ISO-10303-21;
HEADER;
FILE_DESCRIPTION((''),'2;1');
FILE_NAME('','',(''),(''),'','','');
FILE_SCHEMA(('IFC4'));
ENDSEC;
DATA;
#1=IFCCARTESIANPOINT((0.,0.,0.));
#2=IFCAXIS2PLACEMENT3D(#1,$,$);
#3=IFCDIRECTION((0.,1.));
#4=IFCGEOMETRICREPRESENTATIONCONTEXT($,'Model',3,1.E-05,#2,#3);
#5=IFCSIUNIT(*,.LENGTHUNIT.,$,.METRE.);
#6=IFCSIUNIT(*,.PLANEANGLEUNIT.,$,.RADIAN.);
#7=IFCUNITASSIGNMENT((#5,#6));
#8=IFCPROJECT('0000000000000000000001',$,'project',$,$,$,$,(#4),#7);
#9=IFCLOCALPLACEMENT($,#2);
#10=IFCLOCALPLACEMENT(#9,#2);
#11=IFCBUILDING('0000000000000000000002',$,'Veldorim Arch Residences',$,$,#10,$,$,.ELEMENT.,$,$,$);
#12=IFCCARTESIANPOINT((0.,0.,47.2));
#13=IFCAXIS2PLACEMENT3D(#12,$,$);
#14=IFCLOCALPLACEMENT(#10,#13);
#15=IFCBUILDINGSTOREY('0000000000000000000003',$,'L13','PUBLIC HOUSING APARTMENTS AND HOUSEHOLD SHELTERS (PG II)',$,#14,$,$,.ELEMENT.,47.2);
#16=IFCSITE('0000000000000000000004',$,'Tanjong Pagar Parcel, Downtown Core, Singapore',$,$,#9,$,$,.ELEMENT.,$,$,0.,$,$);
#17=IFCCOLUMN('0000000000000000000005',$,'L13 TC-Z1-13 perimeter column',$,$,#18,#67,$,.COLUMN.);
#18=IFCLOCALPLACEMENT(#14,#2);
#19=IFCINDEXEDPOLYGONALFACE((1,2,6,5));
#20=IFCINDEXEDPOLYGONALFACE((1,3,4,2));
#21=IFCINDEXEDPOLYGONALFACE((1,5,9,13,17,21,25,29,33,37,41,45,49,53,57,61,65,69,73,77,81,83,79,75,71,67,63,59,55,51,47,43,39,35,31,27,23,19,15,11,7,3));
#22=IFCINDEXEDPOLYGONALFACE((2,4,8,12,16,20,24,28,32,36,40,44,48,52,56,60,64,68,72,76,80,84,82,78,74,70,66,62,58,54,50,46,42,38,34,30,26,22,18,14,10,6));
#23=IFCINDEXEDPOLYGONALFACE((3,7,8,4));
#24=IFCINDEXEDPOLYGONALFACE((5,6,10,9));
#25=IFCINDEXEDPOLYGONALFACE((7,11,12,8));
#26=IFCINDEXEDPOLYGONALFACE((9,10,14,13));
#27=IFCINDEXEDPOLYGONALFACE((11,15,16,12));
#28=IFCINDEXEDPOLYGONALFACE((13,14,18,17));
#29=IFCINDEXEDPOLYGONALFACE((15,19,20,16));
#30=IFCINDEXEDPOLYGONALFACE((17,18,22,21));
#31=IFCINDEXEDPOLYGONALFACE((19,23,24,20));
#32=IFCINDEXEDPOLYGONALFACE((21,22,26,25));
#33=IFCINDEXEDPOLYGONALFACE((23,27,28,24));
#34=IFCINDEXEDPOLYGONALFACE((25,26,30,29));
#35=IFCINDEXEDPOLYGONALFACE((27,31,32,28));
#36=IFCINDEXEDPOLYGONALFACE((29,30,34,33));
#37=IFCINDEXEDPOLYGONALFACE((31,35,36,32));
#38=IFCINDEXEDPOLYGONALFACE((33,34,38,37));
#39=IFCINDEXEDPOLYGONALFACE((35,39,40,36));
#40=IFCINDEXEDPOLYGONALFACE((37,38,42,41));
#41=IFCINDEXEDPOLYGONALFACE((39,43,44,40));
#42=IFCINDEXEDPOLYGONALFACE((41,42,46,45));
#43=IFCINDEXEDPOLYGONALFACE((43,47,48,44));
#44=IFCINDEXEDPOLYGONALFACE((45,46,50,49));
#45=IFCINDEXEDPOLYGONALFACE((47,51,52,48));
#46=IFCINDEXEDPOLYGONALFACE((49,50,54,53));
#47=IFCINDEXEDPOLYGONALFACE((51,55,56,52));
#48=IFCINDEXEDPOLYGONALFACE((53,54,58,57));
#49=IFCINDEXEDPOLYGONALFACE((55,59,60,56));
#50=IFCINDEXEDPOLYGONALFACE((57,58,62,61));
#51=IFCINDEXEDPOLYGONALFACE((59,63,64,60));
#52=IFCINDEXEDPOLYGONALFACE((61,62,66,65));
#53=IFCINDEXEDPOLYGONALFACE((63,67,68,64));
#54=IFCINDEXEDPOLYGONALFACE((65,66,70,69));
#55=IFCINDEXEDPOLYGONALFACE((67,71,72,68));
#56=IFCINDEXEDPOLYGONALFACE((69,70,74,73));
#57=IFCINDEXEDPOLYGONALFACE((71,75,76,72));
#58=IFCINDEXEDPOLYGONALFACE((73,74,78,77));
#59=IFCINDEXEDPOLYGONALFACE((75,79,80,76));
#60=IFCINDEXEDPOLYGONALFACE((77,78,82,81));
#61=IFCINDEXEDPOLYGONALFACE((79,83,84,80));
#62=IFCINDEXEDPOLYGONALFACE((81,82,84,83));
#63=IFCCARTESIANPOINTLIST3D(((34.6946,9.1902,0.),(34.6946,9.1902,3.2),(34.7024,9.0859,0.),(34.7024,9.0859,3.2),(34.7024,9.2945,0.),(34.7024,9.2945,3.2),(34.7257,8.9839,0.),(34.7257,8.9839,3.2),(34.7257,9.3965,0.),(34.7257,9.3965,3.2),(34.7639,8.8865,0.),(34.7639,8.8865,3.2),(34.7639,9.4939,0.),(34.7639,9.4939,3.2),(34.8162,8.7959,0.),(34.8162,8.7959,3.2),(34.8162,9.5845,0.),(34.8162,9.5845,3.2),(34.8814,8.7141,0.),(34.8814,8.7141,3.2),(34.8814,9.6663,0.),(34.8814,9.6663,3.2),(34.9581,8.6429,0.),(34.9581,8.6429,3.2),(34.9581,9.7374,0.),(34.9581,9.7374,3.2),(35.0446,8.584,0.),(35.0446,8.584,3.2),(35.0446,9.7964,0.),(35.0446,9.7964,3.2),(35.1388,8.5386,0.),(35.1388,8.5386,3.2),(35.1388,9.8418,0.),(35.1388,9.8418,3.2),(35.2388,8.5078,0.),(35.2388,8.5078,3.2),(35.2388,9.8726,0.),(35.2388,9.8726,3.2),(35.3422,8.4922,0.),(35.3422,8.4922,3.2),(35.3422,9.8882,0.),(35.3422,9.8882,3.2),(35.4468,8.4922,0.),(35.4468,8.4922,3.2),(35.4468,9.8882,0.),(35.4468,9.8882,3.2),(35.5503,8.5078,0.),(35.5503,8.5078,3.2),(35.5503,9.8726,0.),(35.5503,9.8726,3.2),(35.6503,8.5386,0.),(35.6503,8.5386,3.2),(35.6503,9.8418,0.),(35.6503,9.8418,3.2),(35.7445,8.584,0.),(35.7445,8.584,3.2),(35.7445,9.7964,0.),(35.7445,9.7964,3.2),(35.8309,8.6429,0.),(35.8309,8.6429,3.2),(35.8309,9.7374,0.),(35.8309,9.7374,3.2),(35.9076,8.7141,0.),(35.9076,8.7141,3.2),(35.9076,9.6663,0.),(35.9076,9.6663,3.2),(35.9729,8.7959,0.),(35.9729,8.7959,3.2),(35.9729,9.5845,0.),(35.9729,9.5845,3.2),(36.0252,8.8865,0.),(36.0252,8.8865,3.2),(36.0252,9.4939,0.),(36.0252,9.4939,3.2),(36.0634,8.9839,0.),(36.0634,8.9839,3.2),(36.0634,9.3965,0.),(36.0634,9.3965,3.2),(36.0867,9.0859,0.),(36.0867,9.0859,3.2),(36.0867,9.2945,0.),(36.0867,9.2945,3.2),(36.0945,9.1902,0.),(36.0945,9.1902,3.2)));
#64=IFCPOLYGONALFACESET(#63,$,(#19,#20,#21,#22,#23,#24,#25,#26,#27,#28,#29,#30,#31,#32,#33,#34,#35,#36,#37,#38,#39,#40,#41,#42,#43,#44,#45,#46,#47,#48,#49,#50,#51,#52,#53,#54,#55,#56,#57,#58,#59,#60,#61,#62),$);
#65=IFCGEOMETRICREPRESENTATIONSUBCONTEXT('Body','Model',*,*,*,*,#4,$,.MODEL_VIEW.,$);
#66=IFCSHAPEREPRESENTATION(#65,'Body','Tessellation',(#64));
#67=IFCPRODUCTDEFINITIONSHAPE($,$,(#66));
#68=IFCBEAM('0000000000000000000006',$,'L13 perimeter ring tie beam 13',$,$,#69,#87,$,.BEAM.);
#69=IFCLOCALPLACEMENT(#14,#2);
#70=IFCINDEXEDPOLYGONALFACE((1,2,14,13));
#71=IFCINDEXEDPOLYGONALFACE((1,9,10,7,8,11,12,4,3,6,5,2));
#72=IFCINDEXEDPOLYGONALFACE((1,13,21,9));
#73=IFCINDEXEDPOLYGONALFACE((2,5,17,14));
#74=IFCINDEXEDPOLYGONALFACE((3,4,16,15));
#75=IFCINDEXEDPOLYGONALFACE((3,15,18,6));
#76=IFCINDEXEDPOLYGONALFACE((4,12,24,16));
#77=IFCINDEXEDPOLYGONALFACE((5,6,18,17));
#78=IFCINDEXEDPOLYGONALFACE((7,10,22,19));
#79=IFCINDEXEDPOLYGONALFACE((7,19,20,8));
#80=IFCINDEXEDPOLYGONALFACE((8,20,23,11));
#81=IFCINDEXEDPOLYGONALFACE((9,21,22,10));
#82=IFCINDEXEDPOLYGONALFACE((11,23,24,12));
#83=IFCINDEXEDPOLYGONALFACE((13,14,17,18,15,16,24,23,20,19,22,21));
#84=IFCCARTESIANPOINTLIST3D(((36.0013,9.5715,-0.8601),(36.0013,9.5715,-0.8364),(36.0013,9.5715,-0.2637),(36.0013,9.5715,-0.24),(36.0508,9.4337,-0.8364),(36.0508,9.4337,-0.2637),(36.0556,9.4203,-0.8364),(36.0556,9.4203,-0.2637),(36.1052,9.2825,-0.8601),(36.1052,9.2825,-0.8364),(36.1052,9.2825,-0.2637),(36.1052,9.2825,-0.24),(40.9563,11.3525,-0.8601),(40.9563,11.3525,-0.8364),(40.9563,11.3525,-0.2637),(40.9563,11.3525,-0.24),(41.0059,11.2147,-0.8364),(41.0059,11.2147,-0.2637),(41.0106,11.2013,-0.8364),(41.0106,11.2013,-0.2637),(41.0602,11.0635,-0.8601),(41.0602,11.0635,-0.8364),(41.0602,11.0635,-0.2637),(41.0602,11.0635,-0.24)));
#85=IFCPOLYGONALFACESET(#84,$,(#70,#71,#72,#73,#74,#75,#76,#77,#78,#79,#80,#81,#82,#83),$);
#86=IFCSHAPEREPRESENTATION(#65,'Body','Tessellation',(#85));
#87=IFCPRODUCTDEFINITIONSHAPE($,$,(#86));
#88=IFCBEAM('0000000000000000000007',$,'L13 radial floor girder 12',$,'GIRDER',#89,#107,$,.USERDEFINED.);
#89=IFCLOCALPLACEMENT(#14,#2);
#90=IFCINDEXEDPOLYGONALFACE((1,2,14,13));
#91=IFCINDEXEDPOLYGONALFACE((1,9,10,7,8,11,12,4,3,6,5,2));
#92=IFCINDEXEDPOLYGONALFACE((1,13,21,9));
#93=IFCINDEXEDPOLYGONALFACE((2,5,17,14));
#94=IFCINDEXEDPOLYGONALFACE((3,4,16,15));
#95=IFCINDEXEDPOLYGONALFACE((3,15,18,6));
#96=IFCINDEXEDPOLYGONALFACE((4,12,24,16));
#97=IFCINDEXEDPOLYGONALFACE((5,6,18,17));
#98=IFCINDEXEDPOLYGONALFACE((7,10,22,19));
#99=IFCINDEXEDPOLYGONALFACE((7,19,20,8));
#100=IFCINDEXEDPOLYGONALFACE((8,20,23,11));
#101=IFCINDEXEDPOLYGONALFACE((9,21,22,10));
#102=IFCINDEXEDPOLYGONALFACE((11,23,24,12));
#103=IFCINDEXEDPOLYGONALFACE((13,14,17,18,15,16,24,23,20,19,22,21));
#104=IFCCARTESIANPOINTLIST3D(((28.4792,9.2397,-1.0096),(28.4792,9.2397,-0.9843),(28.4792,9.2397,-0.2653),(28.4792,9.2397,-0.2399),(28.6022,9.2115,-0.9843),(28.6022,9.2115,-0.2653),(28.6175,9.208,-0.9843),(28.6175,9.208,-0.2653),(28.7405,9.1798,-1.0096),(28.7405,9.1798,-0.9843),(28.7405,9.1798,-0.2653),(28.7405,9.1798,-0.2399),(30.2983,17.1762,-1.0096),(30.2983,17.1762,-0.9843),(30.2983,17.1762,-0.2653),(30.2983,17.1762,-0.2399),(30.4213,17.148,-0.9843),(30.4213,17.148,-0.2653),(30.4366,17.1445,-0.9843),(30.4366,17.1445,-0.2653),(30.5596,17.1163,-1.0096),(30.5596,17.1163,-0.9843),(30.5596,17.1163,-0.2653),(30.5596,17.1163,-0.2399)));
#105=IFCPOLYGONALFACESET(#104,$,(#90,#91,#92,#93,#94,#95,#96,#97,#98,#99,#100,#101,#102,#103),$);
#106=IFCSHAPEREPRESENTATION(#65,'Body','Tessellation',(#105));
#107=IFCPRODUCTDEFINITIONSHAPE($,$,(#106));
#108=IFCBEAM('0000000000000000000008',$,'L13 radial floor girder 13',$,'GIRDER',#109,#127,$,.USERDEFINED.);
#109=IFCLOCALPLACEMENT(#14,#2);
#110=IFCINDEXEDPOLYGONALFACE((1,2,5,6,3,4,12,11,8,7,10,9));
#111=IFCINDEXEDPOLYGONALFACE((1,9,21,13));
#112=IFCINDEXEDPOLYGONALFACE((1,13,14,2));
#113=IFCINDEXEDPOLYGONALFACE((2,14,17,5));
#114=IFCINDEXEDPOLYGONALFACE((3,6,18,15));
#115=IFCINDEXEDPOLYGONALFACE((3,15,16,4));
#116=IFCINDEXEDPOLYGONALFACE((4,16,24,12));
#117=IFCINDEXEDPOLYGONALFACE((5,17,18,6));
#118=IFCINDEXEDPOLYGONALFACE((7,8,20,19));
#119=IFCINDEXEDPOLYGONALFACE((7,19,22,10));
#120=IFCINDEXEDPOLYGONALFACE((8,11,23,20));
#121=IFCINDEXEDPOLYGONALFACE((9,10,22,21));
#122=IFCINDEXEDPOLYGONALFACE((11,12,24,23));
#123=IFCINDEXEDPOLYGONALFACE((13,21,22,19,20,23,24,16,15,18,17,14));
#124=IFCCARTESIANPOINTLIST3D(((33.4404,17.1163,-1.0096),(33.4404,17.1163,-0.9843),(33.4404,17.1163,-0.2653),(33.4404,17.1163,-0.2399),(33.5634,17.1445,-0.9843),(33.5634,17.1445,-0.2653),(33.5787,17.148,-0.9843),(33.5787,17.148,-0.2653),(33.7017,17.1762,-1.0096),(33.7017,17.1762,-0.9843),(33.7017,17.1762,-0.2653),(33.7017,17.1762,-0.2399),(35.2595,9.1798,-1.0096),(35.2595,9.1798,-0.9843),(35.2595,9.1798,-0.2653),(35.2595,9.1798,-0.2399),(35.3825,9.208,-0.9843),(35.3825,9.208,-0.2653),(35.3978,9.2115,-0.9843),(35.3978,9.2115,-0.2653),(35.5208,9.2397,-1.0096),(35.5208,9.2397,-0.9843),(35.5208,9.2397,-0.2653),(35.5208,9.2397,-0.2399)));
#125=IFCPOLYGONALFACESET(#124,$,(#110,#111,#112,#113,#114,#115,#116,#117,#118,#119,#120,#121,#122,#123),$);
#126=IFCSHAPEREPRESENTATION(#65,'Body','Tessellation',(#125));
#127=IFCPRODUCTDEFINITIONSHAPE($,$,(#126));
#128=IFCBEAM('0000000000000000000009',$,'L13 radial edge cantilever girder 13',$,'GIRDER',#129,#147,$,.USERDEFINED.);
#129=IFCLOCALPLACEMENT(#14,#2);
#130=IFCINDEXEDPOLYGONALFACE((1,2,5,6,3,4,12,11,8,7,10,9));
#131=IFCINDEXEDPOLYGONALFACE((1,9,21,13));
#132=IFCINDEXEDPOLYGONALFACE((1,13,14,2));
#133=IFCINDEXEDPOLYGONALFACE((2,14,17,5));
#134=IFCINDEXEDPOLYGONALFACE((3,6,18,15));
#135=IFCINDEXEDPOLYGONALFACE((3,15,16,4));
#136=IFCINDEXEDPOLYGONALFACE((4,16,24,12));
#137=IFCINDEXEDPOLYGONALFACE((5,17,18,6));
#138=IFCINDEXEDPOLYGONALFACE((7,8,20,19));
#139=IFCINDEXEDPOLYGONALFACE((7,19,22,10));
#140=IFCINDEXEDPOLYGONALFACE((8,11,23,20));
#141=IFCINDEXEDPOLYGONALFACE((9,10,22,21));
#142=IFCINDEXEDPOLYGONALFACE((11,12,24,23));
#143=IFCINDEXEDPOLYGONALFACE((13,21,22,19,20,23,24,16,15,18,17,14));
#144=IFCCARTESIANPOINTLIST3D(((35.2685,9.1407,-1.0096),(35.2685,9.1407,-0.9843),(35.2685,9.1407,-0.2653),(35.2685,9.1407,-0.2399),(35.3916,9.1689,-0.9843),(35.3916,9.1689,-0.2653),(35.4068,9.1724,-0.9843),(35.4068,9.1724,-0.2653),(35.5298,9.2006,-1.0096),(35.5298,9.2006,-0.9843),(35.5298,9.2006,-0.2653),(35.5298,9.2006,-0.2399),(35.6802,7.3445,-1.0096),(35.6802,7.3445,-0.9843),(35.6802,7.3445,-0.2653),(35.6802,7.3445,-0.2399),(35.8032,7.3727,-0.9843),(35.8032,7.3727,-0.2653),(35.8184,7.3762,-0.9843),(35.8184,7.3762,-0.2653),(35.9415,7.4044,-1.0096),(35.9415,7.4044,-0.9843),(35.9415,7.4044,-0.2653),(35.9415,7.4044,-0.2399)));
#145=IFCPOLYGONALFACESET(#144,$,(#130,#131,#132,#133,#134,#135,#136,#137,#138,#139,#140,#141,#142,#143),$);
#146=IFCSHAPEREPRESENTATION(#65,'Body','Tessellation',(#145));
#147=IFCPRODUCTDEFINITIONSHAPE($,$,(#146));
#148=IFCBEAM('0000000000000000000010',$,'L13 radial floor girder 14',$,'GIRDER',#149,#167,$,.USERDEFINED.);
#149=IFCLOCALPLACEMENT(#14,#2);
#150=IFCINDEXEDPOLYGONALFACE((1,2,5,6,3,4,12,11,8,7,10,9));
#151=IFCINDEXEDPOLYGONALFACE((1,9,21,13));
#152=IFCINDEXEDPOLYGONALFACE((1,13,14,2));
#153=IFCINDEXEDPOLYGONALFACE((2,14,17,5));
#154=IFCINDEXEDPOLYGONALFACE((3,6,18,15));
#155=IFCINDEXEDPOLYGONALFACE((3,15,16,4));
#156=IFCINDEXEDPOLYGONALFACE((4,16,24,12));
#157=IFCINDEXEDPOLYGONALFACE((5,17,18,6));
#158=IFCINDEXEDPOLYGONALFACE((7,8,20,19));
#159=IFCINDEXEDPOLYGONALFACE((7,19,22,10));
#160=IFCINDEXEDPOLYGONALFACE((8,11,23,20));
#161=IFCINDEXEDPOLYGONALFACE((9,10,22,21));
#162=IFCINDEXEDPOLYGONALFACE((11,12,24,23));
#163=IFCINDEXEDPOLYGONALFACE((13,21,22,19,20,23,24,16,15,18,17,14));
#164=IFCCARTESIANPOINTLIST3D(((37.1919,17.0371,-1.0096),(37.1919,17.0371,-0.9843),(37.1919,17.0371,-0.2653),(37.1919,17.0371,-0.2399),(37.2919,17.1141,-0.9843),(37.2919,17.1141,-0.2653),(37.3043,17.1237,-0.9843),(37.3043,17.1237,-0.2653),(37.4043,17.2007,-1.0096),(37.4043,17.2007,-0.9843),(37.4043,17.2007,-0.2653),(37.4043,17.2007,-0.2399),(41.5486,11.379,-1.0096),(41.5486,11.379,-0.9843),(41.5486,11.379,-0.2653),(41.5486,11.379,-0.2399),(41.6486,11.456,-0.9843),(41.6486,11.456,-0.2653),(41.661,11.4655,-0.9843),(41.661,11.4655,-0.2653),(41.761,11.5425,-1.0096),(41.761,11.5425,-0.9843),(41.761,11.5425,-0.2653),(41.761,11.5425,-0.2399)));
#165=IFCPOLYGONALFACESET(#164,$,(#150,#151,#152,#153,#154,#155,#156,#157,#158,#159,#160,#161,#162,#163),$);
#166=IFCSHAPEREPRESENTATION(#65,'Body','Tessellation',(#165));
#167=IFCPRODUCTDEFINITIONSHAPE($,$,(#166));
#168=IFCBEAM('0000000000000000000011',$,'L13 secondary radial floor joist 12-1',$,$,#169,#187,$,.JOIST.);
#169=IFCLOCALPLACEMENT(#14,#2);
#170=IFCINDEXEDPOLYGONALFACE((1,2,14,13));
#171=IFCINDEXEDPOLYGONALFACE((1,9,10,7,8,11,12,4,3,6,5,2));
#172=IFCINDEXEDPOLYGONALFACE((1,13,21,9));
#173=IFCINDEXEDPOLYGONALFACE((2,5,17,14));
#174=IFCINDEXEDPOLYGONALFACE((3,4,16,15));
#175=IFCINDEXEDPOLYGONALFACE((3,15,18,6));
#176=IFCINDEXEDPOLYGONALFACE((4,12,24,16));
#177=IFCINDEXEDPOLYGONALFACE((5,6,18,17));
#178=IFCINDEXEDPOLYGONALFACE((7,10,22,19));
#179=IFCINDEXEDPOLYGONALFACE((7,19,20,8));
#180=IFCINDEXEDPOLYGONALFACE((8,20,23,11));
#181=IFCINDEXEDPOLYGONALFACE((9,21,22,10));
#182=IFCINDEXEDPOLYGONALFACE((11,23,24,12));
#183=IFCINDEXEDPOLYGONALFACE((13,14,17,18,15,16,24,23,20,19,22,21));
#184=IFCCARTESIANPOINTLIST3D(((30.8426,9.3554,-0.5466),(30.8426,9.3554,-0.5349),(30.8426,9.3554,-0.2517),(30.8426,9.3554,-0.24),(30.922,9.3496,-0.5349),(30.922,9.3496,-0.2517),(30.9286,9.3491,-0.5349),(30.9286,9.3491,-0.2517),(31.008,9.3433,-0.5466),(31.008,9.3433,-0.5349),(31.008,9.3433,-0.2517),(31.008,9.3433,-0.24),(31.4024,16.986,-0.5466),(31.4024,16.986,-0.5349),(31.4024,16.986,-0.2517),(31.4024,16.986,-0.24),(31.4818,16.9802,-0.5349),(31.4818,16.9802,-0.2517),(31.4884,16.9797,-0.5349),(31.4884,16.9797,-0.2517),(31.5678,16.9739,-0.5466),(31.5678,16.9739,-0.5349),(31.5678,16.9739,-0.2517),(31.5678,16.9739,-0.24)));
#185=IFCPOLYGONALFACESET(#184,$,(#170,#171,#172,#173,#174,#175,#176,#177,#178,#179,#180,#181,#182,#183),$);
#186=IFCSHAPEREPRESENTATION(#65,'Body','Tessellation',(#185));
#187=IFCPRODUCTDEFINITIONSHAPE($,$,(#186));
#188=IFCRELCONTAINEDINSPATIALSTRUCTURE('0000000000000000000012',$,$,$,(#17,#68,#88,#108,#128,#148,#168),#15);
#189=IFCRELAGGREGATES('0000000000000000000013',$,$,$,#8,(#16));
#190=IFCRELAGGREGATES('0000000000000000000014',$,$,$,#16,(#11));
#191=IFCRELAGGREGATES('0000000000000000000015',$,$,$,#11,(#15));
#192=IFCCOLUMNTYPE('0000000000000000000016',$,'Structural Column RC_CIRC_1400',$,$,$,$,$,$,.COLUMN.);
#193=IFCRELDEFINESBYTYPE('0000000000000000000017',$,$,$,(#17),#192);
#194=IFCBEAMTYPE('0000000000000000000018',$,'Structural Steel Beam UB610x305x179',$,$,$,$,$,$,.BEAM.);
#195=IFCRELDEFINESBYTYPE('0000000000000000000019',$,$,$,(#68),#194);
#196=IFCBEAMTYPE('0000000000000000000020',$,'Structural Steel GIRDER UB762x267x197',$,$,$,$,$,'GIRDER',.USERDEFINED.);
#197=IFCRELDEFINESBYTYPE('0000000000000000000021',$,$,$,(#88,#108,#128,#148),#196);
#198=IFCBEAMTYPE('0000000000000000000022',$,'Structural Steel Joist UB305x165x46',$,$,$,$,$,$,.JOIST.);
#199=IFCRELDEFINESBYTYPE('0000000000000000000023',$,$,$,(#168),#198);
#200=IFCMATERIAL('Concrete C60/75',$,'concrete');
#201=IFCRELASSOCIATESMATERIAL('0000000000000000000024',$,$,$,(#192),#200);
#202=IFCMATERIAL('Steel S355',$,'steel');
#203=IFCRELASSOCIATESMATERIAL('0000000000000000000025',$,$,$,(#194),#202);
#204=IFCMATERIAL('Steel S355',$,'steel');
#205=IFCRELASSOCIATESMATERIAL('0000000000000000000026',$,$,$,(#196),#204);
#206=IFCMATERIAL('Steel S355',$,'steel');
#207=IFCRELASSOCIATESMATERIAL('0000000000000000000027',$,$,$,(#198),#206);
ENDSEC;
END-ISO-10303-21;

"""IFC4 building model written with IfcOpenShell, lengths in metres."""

from ifc_helpers import new_model, si_unit, direction, frame, origin, origin_2d, place, context, subcontext, project, spatial, circle, i_section, extrude, material, material_profile, profile_set, type_object, element, save


model = new_model("IFC4")

# Units and contexts
model_context = context("Model", 3, precision=1e-05, world=origin(), true_north=direction((0.0, 1.0)))
body_context = subcontext(model_context, "Body", "Model", "MODEL_VIEW")
ifc_project = project(units=[si_unit("LENGTHUNIT", "METRE"), si_unit("PLANEANGLEUNIT", "RADIAN")], contexts=[model_context])

# Site, building, storey
site_placement = place(None, origin())
site = spatial("IfcSite", under=ifc_project, at=site_placement, Name="Tanjong Pagar Parcel, Downtown Core, Singapore", CompositionType="ELEMENT", RefElevation=0.0)
building_placement = place(site_placement, origin())
building = spatial("IfcBuilding", under=site, at=building_placement, Name="Veldorim Arch Residences", CompositionType="ELEMENT")
storey_placement = place(building_placement, frame((0.0, 0.0, 47.2)))
storey = spatial("IfcBuildingStorey", under=building, at=storey_placement, Name="L13", Description="PUBLIC HOUSING APARTMENTS AND HOUSEHOLD SHELTERS (PG II)", CompositionType="ELEMENT", Elevation=47.2)

# Column
ifc_material_1 = material(Name="Concrete C60/75", Category="concrete")
ifc_material_profile_1 = material_profile(ifc_material_1, circle(Radius=0.7, at=origin_2d()), Name="RC_CIRC_1400")
ifc_profile_set_1 = profile_set([ifc_material_profile_1], Name="Concrete C60/75")
column_type = type_object("IfcColumnType", Name="Structural Column RC_CIRC_1400", PredefinedType="COLUMN", material=ifc_profile_set_1)
column_placement = place(storey_placement, frame((35.3945, 9.1902, 0.0), z_axis=(0.0, 0.0, 1.0), x_axis=(1.0, 0.0, 0.0)))
element("IfcColumn", 1, at=column_placement, inside=storey, type_object=column_type, Name="L13 TC-Z1-13 perimeter column", PredefinedType="COLUMN", context=body_context, shape_type="SweptSolid", body=[
    extrude(circle(Radius=0.7, at=origin_2d()), origin(), (0.0, 0.0, 1.0), 3.2),
])

# Beams
ifc_material_2 = material(Name="Steel S355", Category="steel")
ifc_material_profile_2 = material_profile(ifc_material_2, i_section(OverallWidth=0.3071, OverallDepth=0.6201, WebThickness=0.0142, FlangeThickness=0.0237, at=origin_2d()), Name="UB610x305x179")
ifc_profile_set_2 = profile_set([ifc_material_profile_2], Name="Steel S355")
beam_type_1 = type_object("IfcBeamType", Name="Structural Steel Beam UB610x305x179", PredefinedType="BEAM", material=ifc_profile_set_2)
beam_1_placement = place(storey_placement, frame((36.0532, 9.427, -0.55), z_axis=(0.941058, 0.338245, 0.0), x_axis=(-0.338245, 0.941058, 0.0)))
element("IfcBeam", 2, at=beam_1_placement, inside=storey, type_object=beam_type_1, Name="L13 perimeter ring tie beam 13", PredefinedType="BEAM", context=body_context, shape_type="SweptSolid", body=[
    extrude(i_section(OverallWidth=0.3071, OverallDepth=0.6201, WebThickness=0.0142, FlangeThickness=0.0237, at=origin_2d()), origin(), (0.0, 0.0, 1.0), 5.2654),
])
ifc_material_3 = material(Name="Steel S355", Category="steel")
ifc_material_profile_3 = material_profile(ifc_material_3, i_section(OverallWidth=0.2681, OverallDepth=0.7698, WebThickness=0.0156, FlangeThickness=0.0254, at=origin_2d()), Name="UB762x267x197")
ifc_profile_set_3 = profile_set([ifc_material_profile_3], Name="Steel S355")
beam_type_2 = type_object("IfcBeamType", Name="Structural Steel GIRDER UB762x267x197", ElementType="GIRDER", PredefinedType="USERDEFINED", material=ifc_profile_set_3)
for number, where, z_axis, x_axis, name in (
    (3, (30.429, 17.1462, -0.6248), (-0.223412, -0.974724, 0.0), (0.974724, -0.223412, 0.0), "L13 radial floor girder 12"),
    (4, (33.571, 17.1462, -0.6248), (0.223412, -0.974724, 0.0), (0.974724, 0.223412, 0.0), "L13 radial floor girder 13"),
):
    element("IfcBeam", number, at=place(storey_placement, frame(where, z_axis=z_axis, x_axis=x_axis)), inside=storey, type_object=beam_type_2, Name=name, ObjectType="GIRDER", PredefinedType="USERDEFINED", context=body_context, shape_type="SweptSolid", body=[
        extrude(i_section(OverallWidth=0.2681, OverallDepth=0.7698, WebThickness=0.0156, FlangeThickness=0.0254, at=origin_2d()), origin(), (0.0, 0.0, 1.0), 8.1423),
    ])
beam_2_placement = place(storey_placement, frame((35.3992, 9.1707, -0.6248), z_axis=(0.223379, -0.974732, 0.0), x_axis=(0.974732, 0.223379, 0.0)))
element("IfcBeam", 5, at=beam_2_placement, inside=storey, type_object=beam_type_2, Name="L13 radial edge cantilever girder 13", ObjectType="GIRDER", PredefinedType="USERDEFINED", context=body_context, shape_type="SweptSolid", body=[
    extrude(i_section(OverallWidth=0.2681, OverallDepth=0.7698, WebThickness=0.0156, FlangeThickness=0.0254, at=origin_2d()), origin(), (0.0, 0.0, 1.0), 1.8428),
])
beam_3_placement = place(storey_placement, frame((37.2981, 17.1189, -0.6248), z_axis=(0.610082, -0.792338, 0.0), x_axis=(0.792338, 0.610082, 0.0)))
element("IfcBeam", 6, at=beam_3_placement, inside=storey, type_object=beam_type_2, Name="L13 radial floor girder 14", ObjectType="GIRDER", PredefinedType="USERDEFINED", context=body_context, shape_type="SweptSolid", body=[
    extrude(i_section(OverallWidth=0.2681, OverallDepth=0.7698, WebThickness=0.0156, FlangeThickness=0.0254, at=origin_2d()), origin(), (0.0, 0.0, 1.0), 7.1411),
])
ifc_material_4 = material(Name="Steel S355", Category="steel")
ifc_material_profile_4 = material_profile(ifc_material_4, i_section(OverallWidth=0.1658, OverallDepth=0.3066, WebThickness=0.0066, FlangeThickness=0.0117, at=origin_2d()), Name="UB305x165x46")
ifc_profile_set_4 = profile_set([ifc_material_profile_4], Name="Steel S355")
beam_type_3 = type_object("IfcBeamType", Name="Structural Steel Joist UB305x165x46", PredefinedType="JOIST", material=ifc_profile_set_4)
for number, where, z_axis, x_axis, name in (
    (7, (31.4851, 16.98, -0.3933), (-0.073168, -0.99732, 0.0), (0.99732, -0.073168, 0.0), "L13 secondary radial floor joist 12-1"),
):
    element("IfcBeam", number, at=place(storey_placement, frame(where, z_axis=z_axis, x_axis=x_axis)), inside=storey, type_object=beam_type_3, Name=name, PredefinedType="JOIST", context=body_context, shape_type="SweptSolid", body=[
        extrude(i_section(OverallWidth=0.1658, OverallDepth=0.3066, WebThickness=0.0066, FlangeThickness=0.0117, at=origin_2d()), origin(), (0.0, 0.0, 1.0), 7.6511),
    ])

save(model, "model.ifc")
